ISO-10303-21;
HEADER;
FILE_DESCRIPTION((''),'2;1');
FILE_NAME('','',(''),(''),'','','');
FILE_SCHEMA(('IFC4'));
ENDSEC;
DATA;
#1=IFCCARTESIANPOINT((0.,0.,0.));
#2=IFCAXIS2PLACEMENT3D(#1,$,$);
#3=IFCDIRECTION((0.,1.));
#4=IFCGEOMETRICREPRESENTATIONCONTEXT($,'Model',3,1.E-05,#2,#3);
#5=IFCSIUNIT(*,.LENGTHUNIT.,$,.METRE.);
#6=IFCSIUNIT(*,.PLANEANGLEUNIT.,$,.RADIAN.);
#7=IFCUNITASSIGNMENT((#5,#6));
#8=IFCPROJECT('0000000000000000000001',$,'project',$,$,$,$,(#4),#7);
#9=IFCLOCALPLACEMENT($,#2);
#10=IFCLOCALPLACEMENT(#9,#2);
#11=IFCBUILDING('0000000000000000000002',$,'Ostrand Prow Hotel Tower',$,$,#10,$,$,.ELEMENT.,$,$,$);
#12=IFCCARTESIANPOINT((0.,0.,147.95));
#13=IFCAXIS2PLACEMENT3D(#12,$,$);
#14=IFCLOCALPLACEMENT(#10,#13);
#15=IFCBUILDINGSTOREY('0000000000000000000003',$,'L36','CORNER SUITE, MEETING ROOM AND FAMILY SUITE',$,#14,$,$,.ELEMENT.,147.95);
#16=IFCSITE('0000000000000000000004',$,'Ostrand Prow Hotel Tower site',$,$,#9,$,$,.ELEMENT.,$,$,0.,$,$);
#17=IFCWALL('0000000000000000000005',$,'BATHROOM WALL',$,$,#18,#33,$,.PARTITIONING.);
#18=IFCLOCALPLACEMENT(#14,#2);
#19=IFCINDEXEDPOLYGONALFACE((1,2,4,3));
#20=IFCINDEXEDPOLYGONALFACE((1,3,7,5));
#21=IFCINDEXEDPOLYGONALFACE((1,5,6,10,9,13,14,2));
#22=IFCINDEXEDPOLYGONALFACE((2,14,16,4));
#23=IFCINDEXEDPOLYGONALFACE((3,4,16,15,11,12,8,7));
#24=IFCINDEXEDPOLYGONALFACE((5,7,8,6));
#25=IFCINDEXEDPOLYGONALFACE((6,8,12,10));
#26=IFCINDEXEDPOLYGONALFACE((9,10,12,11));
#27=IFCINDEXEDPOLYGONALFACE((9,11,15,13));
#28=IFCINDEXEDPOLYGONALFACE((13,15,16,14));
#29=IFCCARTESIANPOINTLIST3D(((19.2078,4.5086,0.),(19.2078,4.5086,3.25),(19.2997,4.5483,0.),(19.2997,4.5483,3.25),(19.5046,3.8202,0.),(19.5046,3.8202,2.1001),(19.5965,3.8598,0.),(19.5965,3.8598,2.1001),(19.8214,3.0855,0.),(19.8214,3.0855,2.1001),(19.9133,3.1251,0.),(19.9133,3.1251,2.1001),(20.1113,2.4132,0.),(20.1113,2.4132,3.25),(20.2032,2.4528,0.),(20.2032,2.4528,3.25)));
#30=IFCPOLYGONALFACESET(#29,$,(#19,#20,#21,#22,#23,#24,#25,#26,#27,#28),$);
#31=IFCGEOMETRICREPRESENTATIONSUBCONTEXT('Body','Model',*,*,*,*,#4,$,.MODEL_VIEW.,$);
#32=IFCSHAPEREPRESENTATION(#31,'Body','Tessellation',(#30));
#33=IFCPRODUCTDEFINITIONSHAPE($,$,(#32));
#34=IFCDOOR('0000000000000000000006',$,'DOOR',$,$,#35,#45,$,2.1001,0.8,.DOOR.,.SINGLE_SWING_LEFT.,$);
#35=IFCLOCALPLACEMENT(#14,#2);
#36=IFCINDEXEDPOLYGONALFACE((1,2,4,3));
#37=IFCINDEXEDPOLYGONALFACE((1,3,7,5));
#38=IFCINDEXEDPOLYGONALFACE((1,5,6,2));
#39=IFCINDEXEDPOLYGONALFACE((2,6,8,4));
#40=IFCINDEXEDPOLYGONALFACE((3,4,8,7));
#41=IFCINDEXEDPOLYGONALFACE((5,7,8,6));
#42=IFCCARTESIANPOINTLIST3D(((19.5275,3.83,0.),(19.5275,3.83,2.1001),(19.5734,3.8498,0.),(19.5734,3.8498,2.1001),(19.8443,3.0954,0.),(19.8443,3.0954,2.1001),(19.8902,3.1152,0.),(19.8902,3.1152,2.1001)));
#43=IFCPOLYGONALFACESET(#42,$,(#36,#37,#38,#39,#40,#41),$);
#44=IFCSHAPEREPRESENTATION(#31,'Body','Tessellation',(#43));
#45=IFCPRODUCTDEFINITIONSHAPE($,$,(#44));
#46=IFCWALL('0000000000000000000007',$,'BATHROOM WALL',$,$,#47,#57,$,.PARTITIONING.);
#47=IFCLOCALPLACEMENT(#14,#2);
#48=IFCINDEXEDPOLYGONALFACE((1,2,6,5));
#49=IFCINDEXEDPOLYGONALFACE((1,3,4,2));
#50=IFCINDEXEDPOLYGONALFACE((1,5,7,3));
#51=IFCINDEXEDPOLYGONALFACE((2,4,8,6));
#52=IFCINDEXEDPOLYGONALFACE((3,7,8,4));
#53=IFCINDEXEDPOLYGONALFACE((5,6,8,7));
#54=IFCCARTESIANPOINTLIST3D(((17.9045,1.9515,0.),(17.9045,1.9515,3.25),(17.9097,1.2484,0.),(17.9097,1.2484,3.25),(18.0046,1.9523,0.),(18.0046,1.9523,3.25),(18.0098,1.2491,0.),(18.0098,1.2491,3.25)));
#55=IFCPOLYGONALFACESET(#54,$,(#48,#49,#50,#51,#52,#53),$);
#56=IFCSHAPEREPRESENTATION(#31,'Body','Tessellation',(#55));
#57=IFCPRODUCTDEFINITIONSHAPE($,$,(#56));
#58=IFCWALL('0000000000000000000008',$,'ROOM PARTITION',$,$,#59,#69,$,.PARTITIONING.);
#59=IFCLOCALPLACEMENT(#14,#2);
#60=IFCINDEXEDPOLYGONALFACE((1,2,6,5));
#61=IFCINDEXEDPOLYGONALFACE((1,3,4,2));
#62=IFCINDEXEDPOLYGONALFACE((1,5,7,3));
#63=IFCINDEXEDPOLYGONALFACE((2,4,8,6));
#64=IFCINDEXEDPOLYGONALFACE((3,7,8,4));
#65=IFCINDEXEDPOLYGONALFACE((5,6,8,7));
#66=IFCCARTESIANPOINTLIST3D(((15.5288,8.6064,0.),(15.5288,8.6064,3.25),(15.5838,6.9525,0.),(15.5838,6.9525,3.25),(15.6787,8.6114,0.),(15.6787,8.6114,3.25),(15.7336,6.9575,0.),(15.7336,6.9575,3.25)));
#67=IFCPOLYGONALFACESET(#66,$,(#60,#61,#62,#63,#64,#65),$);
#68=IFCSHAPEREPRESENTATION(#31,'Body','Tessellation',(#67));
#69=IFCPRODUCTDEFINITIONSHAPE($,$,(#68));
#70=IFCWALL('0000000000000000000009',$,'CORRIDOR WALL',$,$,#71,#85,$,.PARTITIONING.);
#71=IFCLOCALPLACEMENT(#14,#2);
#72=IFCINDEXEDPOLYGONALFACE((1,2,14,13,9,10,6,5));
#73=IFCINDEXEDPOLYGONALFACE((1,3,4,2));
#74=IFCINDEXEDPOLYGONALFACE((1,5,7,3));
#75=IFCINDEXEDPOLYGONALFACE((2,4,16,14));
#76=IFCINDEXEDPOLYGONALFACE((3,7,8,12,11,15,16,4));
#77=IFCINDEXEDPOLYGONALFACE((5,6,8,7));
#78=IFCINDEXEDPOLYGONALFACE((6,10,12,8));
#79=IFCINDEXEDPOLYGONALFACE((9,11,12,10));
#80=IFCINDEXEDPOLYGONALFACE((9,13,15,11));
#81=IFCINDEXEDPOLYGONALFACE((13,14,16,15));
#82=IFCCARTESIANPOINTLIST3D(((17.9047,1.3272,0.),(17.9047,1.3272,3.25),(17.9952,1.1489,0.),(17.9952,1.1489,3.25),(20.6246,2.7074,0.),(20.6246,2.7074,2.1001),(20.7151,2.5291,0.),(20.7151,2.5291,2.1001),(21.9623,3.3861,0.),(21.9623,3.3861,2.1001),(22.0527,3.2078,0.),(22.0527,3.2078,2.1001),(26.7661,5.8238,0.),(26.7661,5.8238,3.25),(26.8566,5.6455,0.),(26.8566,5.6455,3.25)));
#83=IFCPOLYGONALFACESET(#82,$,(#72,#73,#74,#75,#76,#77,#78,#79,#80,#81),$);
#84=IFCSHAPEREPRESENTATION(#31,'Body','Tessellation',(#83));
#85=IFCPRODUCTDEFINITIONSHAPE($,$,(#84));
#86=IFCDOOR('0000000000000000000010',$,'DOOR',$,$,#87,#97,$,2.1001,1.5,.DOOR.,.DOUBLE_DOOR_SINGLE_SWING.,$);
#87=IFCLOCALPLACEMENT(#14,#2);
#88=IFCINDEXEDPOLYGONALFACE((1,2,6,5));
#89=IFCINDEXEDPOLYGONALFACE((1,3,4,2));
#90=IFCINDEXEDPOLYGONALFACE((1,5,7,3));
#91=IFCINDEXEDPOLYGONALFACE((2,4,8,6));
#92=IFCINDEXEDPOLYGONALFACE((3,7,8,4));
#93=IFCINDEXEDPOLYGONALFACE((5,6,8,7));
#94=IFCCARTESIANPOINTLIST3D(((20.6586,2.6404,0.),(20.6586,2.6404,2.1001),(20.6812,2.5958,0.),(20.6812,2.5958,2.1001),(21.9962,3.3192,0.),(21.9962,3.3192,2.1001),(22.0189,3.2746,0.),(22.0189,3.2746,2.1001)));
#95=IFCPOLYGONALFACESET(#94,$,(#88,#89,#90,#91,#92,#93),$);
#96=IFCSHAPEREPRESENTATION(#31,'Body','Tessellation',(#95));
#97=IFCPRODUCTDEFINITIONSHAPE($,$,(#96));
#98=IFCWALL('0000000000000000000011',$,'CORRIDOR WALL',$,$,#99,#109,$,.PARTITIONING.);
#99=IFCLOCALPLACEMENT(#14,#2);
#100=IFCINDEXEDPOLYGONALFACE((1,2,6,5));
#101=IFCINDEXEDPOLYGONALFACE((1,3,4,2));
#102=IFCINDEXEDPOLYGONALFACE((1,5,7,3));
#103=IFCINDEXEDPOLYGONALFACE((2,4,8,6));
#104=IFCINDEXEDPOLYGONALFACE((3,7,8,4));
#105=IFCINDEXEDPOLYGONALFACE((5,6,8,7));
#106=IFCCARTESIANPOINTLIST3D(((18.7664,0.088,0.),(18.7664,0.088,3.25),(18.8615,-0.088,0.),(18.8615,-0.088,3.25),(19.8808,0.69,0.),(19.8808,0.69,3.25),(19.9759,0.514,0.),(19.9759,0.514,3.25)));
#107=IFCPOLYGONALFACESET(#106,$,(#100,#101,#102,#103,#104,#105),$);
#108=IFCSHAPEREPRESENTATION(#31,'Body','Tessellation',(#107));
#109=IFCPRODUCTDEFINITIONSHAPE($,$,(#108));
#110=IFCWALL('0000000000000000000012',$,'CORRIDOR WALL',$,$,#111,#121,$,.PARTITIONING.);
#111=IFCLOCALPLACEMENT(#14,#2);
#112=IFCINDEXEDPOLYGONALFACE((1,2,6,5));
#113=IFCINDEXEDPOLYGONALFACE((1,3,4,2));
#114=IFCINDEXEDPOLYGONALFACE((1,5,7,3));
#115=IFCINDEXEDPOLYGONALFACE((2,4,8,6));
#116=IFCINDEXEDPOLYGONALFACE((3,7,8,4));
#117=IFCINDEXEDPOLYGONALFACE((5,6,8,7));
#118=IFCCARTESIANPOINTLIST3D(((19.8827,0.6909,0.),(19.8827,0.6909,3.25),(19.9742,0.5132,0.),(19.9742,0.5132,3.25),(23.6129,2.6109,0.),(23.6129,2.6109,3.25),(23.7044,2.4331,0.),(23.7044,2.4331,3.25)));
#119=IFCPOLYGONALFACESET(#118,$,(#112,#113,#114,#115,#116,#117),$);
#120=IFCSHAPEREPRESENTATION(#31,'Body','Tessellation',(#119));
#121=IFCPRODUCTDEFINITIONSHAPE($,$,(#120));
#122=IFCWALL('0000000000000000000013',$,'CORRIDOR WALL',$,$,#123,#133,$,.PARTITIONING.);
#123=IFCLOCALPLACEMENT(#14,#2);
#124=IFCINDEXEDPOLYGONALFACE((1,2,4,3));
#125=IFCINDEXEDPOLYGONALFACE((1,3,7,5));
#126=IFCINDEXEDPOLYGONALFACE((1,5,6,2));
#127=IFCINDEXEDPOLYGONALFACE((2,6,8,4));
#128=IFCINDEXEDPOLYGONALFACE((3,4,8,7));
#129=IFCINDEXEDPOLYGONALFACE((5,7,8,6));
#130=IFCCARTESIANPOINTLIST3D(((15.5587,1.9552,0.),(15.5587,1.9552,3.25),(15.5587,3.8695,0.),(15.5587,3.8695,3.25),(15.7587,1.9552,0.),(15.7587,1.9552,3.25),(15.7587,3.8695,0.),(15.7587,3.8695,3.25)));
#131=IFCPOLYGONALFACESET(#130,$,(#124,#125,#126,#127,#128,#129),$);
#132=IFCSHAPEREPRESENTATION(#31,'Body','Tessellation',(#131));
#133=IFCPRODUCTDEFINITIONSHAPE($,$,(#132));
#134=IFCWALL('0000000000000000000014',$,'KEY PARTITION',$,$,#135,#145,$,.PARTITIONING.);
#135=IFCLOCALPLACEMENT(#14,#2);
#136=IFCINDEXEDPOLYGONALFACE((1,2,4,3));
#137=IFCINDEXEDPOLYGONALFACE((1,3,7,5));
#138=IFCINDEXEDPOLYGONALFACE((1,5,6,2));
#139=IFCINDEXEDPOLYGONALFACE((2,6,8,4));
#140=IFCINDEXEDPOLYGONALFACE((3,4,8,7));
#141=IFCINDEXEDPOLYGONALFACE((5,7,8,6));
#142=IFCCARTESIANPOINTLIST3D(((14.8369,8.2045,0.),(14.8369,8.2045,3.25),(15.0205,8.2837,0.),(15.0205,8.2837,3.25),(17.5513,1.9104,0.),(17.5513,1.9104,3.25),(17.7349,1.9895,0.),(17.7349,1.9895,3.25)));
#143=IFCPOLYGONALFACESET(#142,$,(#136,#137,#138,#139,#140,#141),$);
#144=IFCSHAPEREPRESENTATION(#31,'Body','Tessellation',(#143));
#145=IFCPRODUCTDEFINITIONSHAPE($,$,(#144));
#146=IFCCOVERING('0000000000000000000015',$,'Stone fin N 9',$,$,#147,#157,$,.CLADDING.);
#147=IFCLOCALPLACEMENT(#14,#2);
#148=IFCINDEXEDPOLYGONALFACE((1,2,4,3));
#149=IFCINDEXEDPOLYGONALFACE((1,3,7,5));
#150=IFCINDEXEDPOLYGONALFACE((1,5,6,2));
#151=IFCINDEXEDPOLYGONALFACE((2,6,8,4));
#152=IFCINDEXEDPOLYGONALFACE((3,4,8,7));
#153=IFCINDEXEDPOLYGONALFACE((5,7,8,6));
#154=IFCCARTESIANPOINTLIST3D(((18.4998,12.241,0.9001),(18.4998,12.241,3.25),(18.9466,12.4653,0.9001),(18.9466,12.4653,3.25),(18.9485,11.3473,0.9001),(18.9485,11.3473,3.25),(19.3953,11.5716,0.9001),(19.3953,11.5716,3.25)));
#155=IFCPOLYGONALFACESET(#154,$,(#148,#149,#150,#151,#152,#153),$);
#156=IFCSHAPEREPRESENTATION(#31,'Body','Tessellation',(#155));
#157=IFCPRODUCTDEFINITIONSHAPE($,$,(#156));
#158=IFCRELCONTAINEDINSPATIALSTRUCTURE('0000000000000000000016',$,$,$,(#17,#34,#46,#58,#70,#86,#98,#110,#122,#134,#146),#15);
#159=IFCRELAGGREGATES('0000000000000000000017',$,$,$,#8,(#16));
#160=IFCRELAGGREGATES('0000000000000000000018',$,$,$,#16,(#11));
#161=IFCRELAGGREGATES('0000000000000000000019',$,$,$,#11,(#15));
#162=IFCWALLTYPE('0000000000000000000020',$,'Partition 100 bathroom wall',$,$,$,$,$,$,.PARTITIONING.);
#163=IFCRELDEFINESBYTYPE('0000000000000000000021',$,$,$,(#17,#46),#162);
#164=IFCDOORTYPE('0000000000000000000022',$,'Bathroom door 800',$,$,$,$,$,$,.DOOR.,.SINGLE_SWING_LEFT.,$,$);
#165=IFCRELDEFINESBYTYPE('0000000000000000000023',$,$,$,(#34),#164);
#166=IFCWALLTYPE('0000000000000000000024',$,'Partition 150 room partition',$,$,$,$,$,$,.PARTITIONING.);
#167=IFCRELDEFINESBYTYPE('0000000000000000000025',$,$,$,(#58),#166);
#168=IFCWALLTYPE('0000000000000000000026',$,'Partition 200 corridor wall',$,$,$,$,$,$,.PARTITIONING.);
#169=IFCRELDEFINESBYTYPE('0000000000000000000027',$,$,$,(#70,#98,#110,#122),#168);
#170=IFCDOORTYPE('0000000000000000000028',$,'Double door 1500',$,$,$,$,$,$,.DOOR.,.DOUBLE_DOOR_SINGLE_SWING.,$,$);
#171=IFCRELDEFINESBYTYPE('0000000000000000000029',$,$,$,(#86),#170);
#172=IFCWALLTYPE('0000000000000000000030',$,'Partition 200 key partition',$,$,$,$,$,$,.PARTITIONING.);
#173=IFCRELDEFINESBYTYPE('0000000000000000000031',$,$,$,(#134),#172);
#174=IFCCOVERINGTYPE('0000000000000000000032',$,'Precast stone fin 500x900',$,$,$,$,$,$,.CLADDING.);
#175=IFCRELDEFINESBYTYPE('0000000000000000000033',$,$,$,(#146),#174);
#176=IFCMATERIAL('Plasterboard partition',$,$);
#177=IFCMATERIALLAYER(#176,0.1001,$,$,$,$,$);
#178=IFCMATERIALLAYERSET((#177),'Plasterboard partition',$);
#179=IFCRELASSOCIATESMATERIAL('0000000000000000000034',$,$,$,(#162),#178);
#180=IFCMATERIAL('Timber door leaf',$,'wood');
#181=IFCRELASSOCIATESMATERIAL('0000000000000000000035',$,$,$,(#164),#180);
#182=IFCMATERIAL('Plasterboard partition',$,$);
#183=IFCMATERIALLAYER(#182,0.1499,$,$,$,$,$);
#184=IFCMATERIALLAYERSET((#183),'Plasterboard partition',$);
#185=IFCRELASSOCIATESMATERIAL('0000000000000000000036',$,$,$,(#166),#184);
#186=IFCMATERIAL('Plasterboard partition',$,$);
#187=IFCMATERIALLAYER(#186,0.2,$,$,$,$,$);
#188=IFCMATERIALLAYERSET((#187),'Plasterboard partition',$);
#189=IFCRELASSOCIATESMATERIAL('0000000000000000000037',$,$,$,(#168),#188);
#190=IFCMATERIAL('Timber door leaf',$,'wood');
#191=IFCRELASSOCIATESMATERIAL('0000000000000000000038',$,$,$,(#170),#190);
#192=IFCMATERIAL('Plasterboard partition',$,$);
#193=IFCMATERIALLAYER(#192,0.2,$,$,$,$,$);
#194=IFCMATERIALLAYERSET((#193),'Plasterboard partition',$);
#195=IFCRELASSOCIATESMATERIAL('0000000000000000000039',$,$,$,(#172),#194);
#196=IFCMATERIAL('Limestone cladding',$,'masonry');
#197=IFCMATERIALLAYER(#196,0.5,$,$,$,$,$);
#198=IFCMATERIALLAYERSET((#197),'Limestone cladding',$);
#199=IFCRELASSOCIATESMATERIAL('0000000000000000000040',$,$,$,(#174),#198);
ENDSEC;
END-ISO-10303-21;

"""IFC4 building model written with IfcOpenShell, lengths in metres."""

from ifc_helpers import new_model, si_unit, direction, frame, frame_2d, origin, place, context, subcontext, project, spatial, rectangle, extrude, material, layer, layer_set, type_object, element, fill, save


model = new_model("IFC4")

# Units and contexts
model_context = context("Model", 3, precision=1e-05, world=origin(), true_north=direction((0.0, 1.0)))
body_context = subcontext(model_context, "Body", "Model", "MODEL_VIEW")
ifc_project = project(units=[si_unit("LENGTHUNIT", "METRE"), si_unit("PLANEANGLEUNIT", "RADIAN")], contexts=[model_context])

# Site, building, storey
site_placement = place(None, origin())
site = spatial("IfcSite", under=ifc_project, at=site_placement, Name="Ostrand Prow Hotel Tower site", CompositionType="ELEMENT", RefElevation=0.0)
building_placement = place(site_placement, origin())
building = spatial("IfcBuilding", under=site, at=building_placement, Name="Ostrand Prow Hotel Tower", CompositionType="ELEMENT")
storey_placement = place(building_placement, frame((0.0, 0.0, 147.95)))
storey = spatial("IfcBuildingStorey", under=building, at=storey_placement, Name="L36", Description="CORNER SUITE, MEETING ROOM AND FAMILY SUITE", CompositionType="ELEMENT", Elevation=147.95)

# Shared definitions
ifc_material_1 = material(Name="Plasterboard partition")
ifc_layer_1 = layer(ifc_material_1, 0.1001)
ifc_layer_set_1 = layer_set([ifc_layer_1], Name="Plasterboard partition")
wall_type_1 = type_object("IfcWallType", Name="Partition 100 bathroom wall", PredefinedType="PARTITIONING", material=ifc_layer_set_1)

# Wall, opening, door
wall_1_placement = place(storey_placement, frame((19.2537, 4.5286, 0.0), z_axis=(0.0, 0.0, 1.0), x_axis=(0.395958, -0.918268, 0.0)))
wall_1 = element("IfcWall", 1, at=wall_1_placement, inside=storey, type_object=wall_type_1, Name="BATHROOM WALL", PredefinedType="PARTITIONING", context=body_context, shape_type="SweptSolid", body=[
    extrude(rectangle(XDim=2.282, YDim=0.1001, at=frame_2d((1.1411, 0.0))), origin(), (0.0, 0.0, 1.0), 3.25),
])
opening_1_placement = place(wall_1_placement, frame((0.75, 0.0, 0.0)))
opening_1 = element("IfcOpeningElement", 2, at=opening_1_placement, cuts=wall_1, PredefinedType="OPENING", context=body_context, shape_type="SweptSolid", body=[
    extrude(rectangle(XDim=0.8, YDim=2.1001, at=frame_2d((0.3999, 1.05))), frame((0.0, 0.0601, 0.0), z_axis=(0.0, -1.0, 0.0), x_axis=(1.0, 0.0, 0.0)), (0.0, 0.0, 1.0), 0.1201),
])
ifc_material_2 = material(Name="Timber door leaf", Category="wood")
door_type_1 = type_object("IfcDoorType", Name="Bathroom door 800", OperationType="SINGLE_SWING_LEFT", PredefinedType="DOOR", material=ifc_material_2)
door_1_placement = place(opening_1_placement, origin())
door_1 = element("IfcDoor", 3, at=door_1_placement, inside=storey, type_object=door_type_1, Name="DOOR", OperationType="SINGLE_SWING_LEFT", OverallHeight=2.1001, OverallWidth=0.8, PredefinedType="DOOR", context=body_context, shape_type="SweptSolid", body=[
    extrude(rectangle(XDim=0.8, YDim=2.1001, at=frame_2d((0.3999, 1.05))), frame((0.0, 0.0249, 0.0), z_axis=(0.0, -1.0, 0.0), x_axis=(1.0, 0.0, 0.0)), (0.0, 0.0, 1.0), 0.05),
])
fill(opening_1, door_1)

# Walls
wall_2_placement = place(storey_placement, frame((17.9597, 1.2488, 0.0), z_axis=(0.0, 0.0, 1.0), x_axis=(-0.007291, 0.999973, 0.0)))
element("IfcWall", 4, at=wall_2_placement, inside=storey, type_object=wall_type_1, Name="BATHROOM WALL", PredefinedType="PARTITIONING", context=body_context, shape_type="SweptSolid", body=[
    extrude(rectangle(XDim=0.7031, YDim=0.1001, at=frame_2d((0.3516, 0.0))), origin(), (0.0, 0.0, 1.0), 3.25),
])
ifc_material_3 = material(Name="Plasterboard partition")
ifc_layer_2 = layer(ifc_material_3, 0.1499)
ifc_layer_set_2 = layer_set([ifc_layer_2], Name="Plasterboard partition")
wall_type_2 = type_object("IfcWallType", Name="Partition 150 room partition", PredefinedType="PARTITIONING", material=ifc_layer_set_2)
wall_3_placement = place(storey_placement, frame((15.6038, 8.6089, 0.0), z_axis=(0.0, 0.0, 1.0), x_axis=(0.033197, -0.999449, 0.0)))
element("IfcWall", 5, at=wall_3_placement, inside=storey, type_object=wall_type_2, Name="ROOM PARTITION", PredefinedType="PARTITIONING", context=body_context, shape_type="SweptSolid", body=[
    extrude(rectangle(XDim=1.6548, YDim=0.1499, at=frame_2d((0.8274, 0.0))), origin(), (0.0, 0.0, 1.0), 3.25),
])

# Wall, opening, door
ifc_material_4 = material(Name="Plasterboard partition")
ifc_layer_3 = layer(ifc_material_4, 0.2)
ifc_layer_set_3 = layer_set([ifc_layer_3], Name="Plasterboard partition")
wall_type_3 = type_object("IfcWallType", Name="Partition 200 corridor wall", PredefinedType="PARTITIONING", material=ifc_layer_set_3)
wall_4_placement = place(storey_placement, frame((17.95, 1.238, 0.0), z_axis=(0.0, 0.0, 1.0), x_axis=(0.891758, 0.452513, 0.0)))
wall_4 = element("IfcWall", 6, at=wall_4_placement, inside=storey, type_object=wall_type_3, Name="CORRIDOR WALL", PredefinedType="PARTITIONING", context=body_context, shape_type="SweptSolid", body=[
    extrude(rectangle(XDim=9.937, YDim=0.2, at=frame_2d((4.9685, 0.0))), origin(), (0.0, 0.0, 1.0), 3.25),
])
opening_2_placement = place(wall_4_placement, frame((3.05, 0.0, 0.0)))
opening_2 = element("IfcOpeningElement", 7, at=opening_2_placement, cuts=wall_4, PredefinedType="OPENING", context=body_context, shape_type="SweptSolid", body=[
    extrude(rectangle(XDim=1.5, YDim=2.1001, at=frame_2d((0.75, 1.05))), frame((0.0, 0.1099, 0.0), z_axis=(0.0, -1.0, 0.0), x_axis=(1.0, 0.0, 0.0)), (0.0, 0.0, 1.0), 0.22),
])
ifc_material_5 = material(Name="Timber door leaf", Category="wood")
door_type_2 = type_object("IfcDoorType", Name="Double door 1500", OperationType="DOUBLE_DOOR_SINGLE_SWING", PredefinedType="DOOR", material=ifc_material_5)
door_2_placement = place(opening_2_placement, origin())
door_2 = element("IfcDoor", 8, at=door_2_placement, inside=storey, type_object=door_type_2, Name="DOOR", OperationType="DOUBLE_DOOR_SINGLE_SWING", OverallHeight=2.1001, OverallWidth=1.5, PredefinedType="DOOR", context=body_context, shape_type="SweptSolid", body=[
    extrude(rectangle(XDim=1.5, YDim=2.1001, at=frame_2d((0.75, 1.05))), frame((0.0, 0.0249, 0.0), z_axis=(0.0, -1.0, 0.0), x_axis=(1.0, 0.0, 0.0)), (0.0, 0.0, 1.0), 0.05),
])
fill(opening_2, door_2)

# Walls
wall_5_placement = place(storey_placement, frame((18.814, 0.0, 0.0), z_axis=(0.0, 0.0, 1.0), x_axis=(0.879833, 0.475283, 0.0)))
element("IfcWall", 9, at=wall_5_placement, inside=storey, type_object=wall_type_3, Name="CORRIDOR WALL", PredefinedType="PARTITIONING", context=body_context, shape_type="SweptSolid", body=[
    extrude(rectangle(XDim=1.2666, YDim=0.2, at=frame_2d((0.6333, 0.0))), origin(), (0.0, 0.0, 1.0), 3.25),
])
wall_6_placement = place(storey_placement, frame((19.9285, 0.6021, 0.0), z_axis=(0.0, 0.0, 1.0), x_axis=(0.88914, 0.457635, 0.0)))
element("IfcWall", 10, at=wall_6_placement, inside=storey, type_object=wall_type_3, Name="CORRIDOR WALL", PredefinedType="PARTITIONING", context=body_context, shape_type="SweptSolid", body=[
    extrude(rectangle(XDim=4.1953, YDim=0.2, at=frame_2d((2.0977, 0.0))), origin(), (0.0, 0.0, 1.0), 3.25),
])
wall_7_placement = place(storey_placement, frame((15.6587, 3.8694, 0.0), z_axis=(0.0, 0.0, 1.0), x_axis=(0.0, -1.0, 0.0)))
element("IfcWall", 11, at=wall_7_placement, inside=storey, type_object=wall_type_3, Name="CORRIDOR WALL", PredefinedType="PARTITIONING", context=body_context, shape_type="SweptSolid", body=[
    extrude(rectangle(XDim=1.9143, YDim=0.2, at=frame_2d((0.957, 0.0))), origin(), (0.0, 0.0, 1.0), 3.25),
])
ifc_material_6 = material(Name="Plasterboard partition")
ifc_layer_4 = layer(ifc_material_6, 0.2)
ifc_layer_set_4 = layer_set([ifc_layer_4], Name="Plasterboard partition")
wall_type_4 = type_object("IfcWallType", Name="Partition 200 key partition", PredefinedType="PARTITIONING", material=ifc_layer_set_4)
wall_8_placement = place(storey_placement, frame((17.6431, 1.95, 0.0), z_axis=(0.0, 0.0, 1.0), x_axis=(-0.395995, 0.918253, 0.0)))
element("IfcWall", 12, at=wall_8_placement, inside=storey, type_object=wall_type_4, Name="KEY PARTITION", PredefinedType="PARTITIONING", context=body_context, shape_type="SweptSolid", body=[
    extrude(rectangle(XDim=6.8545, YDim=0.2, at=frame_2d((3.4272, 0.0))), origin(), (0.0, 0.0, 1.0), 3.25),
])

# Covering
ifc_material_7 = material(Name="Limestone cladding", Category="masonry")
ifc_layer_5 = layer(ifc_material_7, 0.5)
ifc_layer_set_5 = layer_set([ifc_layer_5], Name="Limestone cladding")
covering_type = type_object("IfcCoveringType", Name="Precast stone fin 500x900", PredefinedType="CLADDING", material=ifc_layer_set_5)
covering_placement = place(storey_placement, frame((19.1719, 11.4595, 0.9001), z_axis=(0.0, 0.0, 1.0), x_axis=(-0.448678, 0.893694, 0.0)))
element("IfcCovering", 13, at=covering_placement, inside=storey, type_object=covering_type, Name="Stone fin N 9", PredefinedType="CLADDING", context=body_context, shape_type="SweptSolid", body=[
    extrude(rectangle(XDim=1.0, YDim=0.5, at=frame_2d((0.5, 0.0))), origin(), (0.0, 0.0, 1.0), 2.3499),
])

save(model, "model.ifc")
